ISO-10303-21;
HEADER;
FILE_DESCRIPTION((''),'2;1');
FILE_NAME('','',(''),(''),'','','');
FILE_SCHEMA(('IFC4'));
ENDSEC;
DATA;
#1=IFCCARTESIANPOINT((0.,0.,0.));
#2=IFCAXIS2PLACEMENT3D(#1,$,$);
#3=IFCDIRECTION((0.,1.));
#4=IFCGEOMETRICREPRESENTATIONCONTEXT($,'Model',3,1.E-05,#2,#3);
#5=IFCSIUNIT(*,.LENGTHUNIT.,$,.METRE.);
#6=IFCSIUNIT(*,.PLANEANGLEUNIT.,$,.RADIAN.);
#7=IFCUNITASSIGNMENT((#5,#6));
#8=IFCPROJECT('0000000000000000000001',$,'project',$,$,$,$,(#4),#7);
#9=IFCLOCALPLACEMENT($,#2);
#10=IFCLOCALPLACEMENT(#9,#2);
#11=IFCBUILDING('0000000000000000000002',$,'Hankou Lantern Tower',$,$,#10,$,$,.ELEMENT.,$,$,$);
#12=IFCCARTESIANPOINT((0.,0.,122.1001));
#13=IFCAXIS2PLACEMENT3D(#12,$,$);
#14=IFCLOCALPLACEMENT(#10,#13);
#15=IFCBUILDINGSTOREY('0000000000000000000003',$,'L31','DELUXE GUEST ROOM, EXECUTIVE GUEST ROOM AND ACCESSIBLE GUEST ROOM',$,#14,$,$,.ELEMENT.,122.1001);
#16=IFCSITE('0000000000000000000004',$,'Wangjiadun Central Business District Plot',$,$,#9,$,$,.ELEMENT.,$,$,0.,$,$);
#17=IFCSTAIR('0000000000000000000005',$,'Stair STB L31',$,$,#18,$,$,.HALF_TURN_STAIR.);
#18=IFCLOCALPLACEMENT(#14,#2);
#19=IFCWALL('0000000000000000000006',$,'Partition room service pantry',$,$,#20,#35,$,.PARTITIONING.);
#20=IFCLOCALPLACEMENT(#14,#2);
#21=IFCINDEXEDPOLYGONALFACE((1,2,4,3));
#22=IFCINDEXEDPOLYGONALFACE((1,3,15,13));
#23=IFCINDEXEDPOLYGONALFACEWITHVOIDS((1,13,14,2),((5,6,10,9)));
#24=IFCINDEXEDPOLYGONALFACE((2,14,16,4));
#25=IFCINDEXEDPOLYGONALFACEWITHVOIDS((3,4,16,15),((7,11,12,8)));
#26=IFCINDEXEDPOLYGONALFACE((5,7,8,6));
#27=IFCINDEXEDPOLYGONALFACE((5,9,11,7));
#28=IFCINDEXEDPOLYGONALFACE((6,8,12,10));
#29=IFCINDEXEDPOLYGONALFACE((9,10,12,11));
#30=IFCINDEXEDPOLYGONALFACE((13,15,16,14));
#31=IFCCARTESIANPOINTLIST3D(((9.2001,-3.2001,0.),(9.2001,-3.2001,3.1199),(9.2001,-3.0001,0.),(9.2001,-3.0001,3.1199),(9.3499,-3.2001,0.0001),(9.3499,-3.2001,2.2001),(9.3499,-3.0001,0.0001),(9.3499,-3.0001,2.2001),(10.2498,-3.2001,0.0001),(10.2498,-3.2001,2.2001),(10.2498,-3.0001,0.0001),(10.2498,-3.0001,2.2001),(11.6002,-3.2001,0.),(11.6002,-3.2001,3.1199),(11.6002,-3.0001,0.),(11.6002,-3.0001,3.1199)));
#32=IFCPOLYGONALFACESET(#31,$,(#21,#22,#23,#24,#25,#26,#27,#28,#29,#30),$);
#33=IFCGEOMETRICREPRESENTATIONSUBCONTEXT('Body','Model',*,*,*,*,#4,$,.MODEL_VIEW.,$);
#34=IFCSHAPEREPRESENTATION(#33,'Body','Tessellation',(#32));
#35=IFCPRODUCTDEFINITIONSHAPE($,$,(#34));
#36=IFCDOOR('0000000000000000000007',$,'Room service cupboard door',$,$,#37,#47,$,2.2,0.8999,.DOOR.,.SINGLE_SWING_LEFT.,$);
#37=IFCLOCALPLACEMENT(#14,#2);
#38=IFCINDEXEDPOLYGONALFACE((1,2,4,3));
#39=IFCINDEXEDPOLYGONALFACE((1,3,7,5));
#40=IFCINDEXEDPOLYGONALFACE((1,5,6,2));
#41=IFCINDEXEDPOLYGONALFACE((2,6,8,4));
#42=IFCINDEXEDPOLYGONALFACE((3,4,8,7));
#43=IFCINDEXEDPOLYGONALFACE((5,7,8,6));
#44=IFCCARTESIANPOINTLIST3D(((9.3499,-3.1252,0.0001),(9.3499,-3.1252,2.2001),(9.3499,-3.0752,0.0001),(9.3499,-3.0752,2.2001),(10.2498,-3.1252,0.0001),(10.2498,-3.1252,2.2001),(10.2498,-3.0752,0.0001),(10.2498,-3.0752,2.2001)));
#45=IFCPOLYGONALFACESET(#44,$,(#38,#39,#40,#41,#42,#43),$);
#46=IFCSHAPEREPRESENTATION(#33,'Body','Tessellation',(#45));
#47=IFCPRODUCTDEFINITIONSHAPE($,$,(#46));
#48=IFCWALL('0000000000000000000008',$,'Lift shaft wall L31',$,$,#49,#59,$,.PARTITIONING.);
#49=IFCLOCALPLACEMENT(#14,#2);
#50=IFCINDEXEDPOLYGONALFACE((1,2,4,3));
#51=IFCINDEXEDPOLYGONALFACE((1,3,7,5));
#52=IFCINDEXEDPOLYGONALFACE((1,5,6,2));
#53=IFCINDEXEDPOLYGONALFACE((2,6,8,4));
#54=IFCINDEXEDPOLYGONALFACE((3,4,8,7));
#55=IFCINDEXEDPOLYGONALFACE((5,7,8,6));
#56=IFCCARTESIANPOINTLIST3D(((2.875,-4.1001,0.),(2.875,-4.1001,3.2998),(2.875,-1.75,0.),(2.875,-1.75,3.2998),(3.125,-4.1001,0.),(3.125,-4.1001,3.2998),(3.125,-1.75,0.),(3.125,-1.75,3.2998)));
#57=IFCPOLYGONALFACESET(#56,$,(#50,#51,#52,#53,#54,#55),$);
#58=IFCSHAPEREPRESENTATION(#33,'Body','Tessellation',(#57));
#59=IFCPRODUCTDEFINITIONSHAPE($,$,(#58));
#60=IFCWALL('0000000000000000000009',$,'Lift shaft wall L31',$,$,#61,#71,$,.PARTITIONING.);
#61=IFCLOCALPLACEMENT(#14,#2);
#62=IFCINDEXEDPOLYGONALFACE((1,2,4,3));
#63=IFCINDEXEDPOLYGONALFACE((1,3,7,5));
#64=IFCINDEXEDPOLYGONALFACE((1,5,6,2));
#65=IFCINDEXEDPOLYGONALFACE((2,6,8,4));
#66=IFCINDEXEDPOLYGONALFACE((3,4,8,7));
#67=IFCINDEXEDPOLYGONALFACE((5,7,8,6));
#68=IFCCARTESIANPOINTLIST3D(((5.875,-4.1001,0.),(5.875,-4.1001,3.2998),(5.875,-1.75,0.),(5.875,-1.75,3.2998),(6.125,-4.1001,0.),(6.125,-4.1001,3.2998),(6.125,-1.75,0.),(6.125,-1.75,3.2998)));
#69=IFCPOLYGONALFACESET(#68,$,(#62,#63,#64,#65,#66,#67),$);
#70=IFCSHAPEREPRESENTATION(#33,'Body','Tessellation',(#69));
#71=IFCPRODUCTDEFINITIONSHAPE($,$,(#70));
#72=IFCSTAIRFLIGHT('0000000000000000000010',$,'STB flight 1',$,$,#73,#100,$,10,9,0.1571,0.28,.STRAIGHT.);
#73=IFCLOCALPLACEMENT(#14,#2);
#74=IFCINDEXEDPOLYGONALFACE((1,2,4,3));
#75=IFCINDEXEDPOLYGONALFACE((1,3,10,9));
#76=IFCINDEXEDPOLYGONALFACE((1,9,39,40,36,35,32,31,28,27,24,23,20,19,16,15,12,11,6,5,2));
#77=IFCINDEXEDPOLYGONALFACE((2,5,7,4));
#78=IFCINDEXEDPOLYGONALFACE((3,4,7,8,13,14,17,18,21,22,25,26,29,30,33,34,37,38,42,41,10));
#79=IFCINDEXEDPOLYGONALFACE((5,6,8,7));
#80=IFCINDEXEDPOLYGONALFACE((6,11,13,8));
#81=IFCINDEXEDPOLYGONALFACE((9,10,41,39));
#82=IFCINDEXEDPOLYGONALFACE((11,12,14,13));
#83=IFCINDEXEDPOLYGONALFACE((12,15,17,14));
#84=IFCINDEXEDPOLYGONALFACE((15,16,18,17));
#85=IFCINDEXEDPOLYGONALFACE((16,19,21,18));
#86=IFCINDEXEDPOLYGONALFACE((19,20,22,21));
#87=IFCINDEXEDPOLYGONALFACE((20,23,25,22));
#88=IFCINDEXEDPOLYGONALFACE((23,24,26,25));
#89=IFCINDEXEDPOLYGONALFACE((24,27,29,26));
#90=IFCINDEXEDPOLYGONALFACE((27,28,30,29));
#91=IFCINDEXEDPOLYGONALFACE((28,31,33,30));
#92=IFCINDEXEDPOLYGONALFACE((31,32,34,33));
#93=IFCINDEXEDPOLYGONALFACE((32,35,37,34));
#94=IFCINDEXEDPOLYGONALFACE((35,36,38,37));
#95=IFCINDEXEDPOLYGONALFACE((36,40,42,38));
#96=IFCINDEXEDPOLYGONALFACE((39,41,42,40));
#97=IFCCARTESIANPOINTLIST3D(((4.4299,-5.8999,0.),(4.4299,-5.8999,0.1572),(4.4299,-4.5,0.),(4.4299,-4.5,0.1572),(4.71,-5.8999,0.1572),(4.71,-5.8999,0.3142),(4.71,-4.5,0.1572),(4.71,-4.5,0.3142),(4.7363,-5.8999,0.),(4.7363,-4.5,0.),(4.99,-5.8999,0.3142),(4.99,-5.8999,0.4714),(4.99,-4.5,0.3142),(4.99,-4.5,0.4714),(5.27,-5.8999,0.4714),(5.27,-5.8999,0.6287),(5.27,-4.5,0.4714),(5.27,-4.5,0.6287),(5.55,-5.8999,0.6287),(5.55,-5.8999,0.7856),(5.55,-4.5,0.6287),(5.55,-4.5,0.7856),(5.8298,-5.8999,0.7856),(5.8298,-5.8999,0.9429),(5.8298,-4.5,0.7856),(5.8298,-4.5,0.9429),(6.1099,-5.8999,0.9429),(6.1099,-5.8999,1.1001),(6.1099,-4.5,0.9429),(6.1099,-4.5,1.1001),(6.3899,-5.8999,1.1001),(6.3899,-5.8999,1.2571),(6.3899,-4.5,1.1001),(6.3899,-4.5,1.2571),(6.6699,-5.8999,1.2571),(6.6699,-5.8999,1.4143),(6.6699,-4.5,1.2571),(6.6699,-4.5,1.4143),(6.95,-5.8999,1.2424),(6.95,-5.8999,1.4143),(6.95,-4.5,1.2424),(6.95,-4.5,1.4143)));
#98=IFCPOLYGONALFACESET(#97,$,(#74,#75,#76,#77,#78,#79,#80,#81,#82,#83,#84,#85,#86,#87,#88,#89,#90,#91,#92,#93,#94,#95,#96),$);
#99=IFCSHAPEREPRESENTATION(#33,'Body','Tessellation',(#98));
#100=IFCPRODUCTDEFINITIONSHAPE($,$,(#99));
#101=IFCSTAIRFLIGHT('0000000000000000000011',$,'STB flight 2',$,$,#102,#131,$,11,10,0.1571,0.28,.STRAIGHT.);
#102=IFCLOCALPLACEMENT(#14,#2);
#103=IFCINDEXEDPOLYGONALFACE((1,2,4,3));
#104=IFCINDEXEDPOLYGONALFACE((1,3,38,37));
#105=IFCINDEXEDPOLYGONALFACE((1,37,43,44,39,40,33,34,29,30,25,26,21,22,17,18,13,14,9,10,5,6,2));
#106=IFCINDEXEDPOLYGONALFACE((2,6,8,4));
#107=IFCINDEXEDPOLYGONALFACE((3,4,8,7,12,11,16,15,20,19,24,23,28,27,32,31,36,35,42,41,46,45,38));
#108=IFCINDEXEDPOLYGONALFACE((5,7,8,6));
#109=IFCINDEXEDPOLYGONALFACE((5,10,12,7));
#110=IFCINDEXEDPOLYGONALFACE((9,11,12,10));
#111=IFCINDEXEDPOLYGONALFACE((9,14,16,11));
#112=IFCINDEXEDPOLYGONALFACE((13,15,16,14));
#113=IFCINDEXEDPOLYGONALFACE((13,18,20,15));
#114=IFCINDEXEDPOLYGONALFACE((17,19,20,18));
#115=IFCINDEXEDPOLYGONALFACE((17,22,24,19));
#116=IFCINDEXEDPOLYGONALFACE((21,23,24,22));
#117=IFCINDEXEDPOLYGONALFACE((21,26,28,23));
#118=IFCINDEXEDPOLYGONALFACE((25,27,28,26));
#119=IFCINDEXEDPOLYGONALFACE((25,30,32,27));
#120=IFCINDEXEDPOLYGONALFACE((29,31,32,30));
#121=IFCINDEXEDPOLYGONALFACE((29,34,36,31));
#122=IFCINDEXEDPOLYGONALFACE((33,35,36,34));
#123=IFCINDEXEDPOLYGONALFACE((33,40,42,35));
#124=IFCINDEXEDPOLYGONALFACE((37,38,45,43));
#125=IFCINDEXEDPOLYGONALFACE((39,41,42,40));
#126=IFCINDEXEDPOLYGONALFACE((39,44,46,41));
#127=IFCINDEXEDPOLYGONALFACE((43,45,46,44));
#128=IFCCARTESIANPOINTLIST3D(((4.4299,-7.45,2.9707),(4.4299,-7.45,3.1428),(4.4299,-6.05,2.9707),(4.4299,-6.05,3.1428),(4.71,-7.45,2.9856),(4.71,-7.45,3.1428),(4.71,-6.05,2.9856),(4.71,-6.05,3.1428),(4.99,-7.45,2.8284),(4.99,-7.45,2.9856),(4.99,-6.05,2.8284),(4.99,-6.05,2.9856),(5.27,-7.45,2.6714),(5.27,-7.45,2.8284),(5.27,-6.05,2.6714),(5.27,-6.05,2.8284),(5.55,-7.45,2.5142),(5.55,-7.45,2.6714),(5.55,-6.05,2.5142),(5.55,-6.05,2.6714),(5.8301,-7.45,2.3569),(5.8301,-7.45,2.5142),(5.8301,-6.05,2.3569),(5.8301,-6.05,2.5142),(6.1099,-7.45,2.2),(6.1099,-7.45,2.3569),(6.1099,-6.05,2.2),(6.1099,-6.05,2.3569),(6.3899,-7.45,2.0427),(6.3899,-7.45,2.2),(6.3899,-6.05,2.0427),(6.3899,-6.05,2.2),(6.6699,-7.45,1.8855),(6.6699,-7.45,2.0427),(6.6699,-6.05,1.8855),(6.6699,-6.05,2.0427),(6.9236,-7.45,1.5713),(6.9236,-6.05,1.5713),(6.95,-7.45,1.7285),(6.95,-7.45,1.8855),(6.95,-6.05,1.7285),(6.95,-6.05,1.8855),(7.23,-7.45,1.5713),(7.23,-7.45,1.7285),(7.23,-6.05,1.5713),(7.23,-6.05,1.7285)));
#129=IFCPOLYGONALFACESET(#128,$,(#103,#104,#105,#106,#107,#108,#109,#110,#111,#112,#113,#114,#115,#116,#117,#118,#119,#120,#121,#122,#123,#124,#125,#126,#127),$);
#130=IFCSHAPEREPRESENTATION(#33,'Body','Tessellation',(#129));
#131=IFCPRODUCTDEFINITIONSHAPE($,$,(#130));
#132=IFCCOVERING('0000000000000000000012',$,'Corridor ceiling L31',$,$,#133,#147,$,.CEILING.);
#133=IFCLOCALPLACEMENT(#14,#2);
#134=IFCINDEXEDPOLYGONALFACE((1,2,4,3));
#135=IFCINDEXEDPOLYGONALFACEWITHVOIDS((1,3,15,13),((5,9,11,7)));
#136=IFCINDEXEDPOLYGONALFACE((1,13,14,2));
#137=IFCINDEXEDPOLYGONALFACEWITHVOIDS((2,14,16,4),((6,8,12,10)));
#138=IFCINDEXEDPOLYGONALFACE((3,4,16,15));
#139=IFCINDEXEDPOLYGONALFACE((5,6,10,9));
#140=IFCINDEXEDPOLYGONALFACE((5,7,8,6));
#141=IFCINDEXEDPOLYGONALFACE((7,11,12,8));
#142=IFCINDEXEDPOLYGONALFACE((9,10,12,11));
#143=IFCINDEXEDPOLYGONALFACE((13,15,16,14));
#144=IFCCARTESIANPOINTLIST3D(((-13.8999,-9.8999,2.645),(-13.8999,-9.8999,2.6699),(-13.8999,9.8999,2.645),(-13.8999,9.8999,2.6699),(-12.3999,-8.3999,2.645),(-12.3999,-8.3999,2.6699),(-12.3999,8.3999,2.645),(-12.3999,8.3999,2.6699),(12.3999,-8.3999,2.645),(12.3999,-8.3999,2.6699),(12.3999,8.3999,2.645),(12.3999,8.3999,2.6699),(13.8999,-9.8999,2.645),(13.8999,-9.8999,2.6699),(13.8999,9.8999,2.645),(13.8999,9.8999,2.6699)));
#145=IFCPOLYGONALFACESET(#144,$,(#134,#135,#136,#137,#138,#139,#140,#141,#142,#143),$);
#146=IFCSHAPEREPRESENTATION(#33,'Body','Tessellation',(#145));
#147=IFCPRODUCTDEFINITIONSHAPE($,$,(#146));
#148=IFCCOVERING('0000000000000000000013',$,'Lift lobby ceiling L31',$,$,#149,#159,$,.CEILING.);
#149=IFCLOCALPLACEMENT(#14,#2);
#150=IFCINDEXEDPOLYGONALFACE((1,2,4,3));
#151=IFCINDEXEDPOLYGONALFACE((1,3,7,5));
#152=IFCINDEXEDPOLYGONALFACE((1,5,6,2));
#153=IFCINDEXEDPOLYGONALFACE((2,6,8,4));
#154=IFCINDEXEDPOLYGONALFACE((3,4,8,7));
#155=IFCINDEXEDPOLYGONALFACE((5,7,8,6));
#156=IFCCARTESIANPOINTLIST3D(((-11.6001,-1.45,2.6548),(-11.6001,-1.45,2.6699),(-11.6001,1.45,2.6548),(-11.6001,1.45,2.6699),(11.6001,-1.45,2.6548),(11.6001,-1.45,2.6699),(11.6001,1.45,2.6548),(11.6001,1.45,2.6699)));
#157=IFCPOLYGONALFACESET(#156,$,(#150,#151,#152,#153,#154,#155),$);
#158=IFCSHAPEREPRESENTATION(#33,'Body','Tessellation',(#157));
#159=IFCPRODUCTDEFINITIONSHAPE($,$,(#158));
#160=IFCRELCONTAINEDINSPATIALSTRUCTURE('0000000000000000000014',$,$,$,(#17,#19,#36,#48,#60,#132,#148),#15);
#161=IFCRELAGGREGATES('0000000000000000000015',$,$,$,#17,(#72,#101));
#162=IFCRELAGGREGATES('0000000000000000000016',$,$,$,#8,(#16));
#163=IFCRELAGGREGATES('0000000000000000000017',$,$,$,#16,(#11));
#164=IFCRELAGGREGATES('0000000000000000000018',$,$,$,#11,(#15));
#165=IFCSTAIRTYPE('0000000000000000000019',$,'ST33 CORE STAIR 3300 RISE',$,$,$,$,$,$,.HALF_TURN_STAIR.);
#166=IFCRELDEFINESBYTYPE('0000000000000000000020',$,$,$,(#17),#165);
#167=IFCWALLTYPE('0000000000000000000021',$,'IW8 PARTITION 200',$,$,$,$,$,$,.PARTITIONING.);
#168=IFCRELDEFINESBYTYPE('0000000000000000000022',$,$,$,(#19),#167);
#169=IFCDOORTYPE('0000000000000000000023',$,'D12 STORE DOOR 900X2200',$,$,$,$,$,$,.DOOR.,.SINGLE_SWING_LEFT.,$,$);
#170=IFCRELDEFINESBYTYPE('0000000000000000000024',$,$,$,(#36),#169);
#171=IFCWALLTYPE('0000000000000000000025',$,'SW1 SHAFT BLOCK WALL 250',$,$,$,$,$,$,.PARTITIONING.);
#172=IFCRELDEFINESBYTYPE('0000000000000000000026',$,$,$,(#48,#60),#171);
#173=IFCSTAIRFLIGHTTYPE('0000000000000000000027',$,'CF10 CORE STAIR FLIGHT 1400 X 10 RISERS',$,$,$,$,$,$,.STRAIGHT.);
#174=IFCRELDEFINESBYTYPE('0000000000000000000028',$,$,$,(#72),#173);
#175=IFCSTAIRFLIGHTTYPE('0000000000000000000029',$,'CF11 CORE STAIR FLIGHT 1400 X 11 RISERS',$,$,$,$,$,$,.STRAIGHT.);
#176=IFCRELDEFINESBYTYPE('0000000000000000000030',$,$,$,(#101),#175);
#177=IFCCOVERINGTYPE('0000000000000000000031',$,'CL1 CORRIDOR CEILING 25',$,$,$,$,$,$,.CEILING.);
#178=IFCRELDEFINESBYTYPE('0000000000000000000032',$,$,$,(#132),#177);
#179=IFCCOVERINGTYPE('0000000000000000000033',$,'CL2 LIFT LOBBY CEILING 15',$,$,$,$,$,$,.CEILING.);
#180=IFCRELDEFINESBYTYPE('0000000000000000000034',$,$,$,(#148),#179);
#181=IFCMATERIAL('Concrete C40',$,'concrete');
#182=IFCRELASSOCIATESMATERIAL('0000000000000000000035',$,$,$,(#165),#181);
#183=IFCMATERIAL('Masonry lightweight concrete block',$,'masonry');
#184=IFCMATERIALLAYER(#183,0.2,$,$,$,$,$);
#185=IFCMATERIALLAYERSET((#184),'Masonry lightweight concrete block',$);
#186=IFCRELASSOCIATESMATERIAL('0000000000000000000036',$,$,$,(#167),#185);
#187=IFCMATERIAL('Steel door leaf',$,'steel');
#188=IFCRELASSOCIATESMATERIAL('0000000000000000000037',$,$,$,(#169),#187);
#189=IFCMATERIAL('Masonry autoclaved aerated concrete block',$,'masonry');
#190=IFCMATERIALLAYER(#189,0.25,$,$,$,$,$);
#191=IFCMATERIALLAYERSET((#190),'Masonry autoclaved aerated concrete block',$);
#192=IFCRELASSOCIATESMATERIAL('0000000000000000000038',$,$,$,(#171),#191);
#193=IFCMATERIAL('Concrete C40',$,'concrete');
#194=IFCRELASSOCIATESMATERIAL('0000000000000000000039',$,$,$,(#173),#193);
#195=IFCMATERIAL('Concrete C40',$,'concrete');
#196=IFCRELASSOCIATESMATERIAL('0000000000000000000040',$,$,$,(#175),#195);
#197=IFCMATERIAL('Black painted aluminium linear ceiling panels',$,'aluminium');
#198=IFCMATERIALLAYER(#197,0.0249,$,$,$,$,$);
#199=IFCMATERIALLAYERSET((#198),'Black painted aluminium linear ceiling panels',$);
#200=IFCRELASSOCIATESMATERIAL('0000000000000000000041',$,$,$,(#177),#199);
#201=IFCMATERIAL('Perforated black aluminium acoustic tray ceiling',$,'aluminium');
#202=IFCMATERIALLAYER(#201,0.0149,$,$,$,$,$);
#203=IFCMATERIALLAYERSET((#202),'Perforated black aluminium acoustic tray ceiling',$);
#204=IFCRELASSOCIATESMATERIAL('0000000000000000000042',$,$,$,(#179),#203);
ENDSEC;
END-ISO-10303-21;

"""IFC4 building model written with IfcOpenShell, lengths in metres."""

from ifc_helpers import new_model, si_unit, direction, frame, frame_2d, origin, place, context, subcontext, project, spatial, polyline, rectangle, outline, extrude, material, layer, layer_set, type_object, element, fill, aggregate, save


model = new_model("IFC4")

# Units and contexts
model_context = context("Model", 3, precision=1e-05, world=origin(), true_north=direction((0.0, 1.0)))
body_context = subcontext(model_context, "Body", "Model", "MODEL_VIEW")
ifc_project = project(units=[si_unit("LENGTHUNIT", "METRE"), si_unit("PLANEANGLEUNIT", "RADIAN")], contexts=[model_context])

# Site, building, storey
site_placement = place(None, origin())
site = spatial("IfcSite", under=ifc_project, at=site_placement, Name="Wangjiadun Central Business District Plot", CompositionType="ELEMENT", RefElevation=0.0)
building_placement = place(site_placement, origin())
building = spatial("IfcBuilding", under=site, at=building_placement, Name="Hankou Lantern Tower", CompositionType="ELEMENT")
storey_placement = place(building_placement, frame((0.0, 0.0, 122.1001)))
storey = spatial("IfcBuildingStorey", under=building, at=storey_placement, Name="L31", Description="DELUXE GUEST ROOM, EXECUTIVE GUEST ROOM AND ACCESSIBLE GUEST ROOM", CompositionType="ELEMENT", Elevation=122.1001)

# Stair
ifc_material_1 = material(Name="Concrete C40", Category="concrete")
stair_type = type_object("IfcStairType", Name="ST33 CORE STAIR 3300 RISE", PredefinedType="HALF_TURN_STAIR", material=ifc_material_1)
stair_1_placement = place(storey_placement, origin())
stair_1 = element("IfcStair", 1, at=stair_1_placement, inside=storey, type_object=stair_type, Name="Stair STB L31", PredefinedType="HALF_TURN_STAIR")

# Wall, opening, door
ifc_material_2 = material(Name="Masonry lightweight concrete block", Category="masonry")
ifc_layer_1 = layer(ifc_material_2, 0.2)
ifc_layer_set_1 = layer_set([ifc_layer_1], Name="Masonry lightweight concrete block")
wall_type_1 = type_object("IfcWallType", Name="IW8 PARTITION 200", PredefinedType="PARTITIONING", material=ifc_layer_set_1)
wall_1_placement = place(storey_placement, frame((9.2, -3.1001, 0.0), z_axis=(0.0, 0.0, 1.0), x_axis=(1.0, 0.0, 0.0)))
wall_1 = element("IfcWall", 2, at=wall_1_placement, inside=storey, type_object=wall_type_1, Name="Partition room service pantry", PredefinedType="PARTITIONING", context=body_context, shape_type="SweptSolid", body=[
    extrude(rectangle(XDim=2.4001, YDim=0.2, at=frame_2d((1.2002, 0.0))), origin(), (0.0, 0.0, 1.0), 3.1199),
])
opening_1_placement = place(wall_1_placement, frame((0.1499, 0.0, 0.0)))
opening_1 = element("IfcOpeningElement", 3, at=opening_1_placement, cuts=wall_1, PredefinedType="OPENING", context=body_context, shape_type="SweptSolid", body=[
    extrude(rectangle(XDim=0.8999, YDim=2.2, at=frame_2d((0.45, 1.1001))), frame((0.0, 0.1099, 0.0), z_axis=(0.0, -1.0, 0.0), x_axis=(1.0, 0.0, 0.0)), (0.0, 0.0, 1.0), 0.22),
])
ifc_material_3 = material(Name="Steel door leaf", Category="steel")
door_type_1 = type_object("IfcDoorType", Name="D12 STORE DOOR 900X2200", OperationType="SINGLE_SWING_LEFT", PredefinedType="DOOR", material=ifc_material_3)
door_1_placement = place(opening_1_placement, origin())
door_1 = element("IfcDoor", 4, at=door_1_placement, inside=storey, type_object=door_type_1, Name="Room service cupboard door", OperationType="SINGLE_SWING_LEFT", OverallHeight=2.2, OverallWidth=0.8999, PredefinedType="DOOR", context=body_context, shape_type="SweptSolid", body=[
    extrude(rectangle(XDim=0.8999, YDim=2.2, at=frame_2d((0.45, 1.1001))), frame((0.0, 0.0249, 0.0), z_axis=(0.0, -1.0, 0.0), x_axis=(1.0, 0.0, 0.0)), (0.0, 0.0, 1.0), 0.05),
])
fill(opening_1, door_1)

# Walls
ifc_material_4 = material(Name="Masonry autoclaved aerated concrete block", Category="masonry")
ifc_layer_2 = layer(ifc_material_4, 0.25)
ifc_layer_set_2 = layer_set([ifc_layer_2], Name="Masonry autoclaved aerated concrete block")
wall_type_2 = type_object("IfcWallType", Name="SW1 SHAFT BLOCK WALL 250", PredefinedType="PARTITIONING", material=ifc_layer_set_2)
for number, where, z_axis, x_axis, name in (
    (5, (3.0, -4.1001, 0.0), (0.0, 0.0, 1.0), (0.0, 1.0, 0.0), "Lift shaft wall L31"),
    (6, (6.0, -4.1001, 0.0), (0.0, 0.0, 1.0), (0.0, 1.0, 0.0), "Lift shaft wall L31"),
):
    element("IfcWall", number, at=place(storey_placement, frame(where, z_axis=z_axis, x_axis=x_axis)), inside=storey, type_object=wall_type_2, Name=name, PredefinedType="PARTITIONING", context=body_context, shape_type="SweptSolid", body=[
        extrude(rectangle(XDim=2.3501, YDim=0.25, at=frame_2d((1.175, 0.0))), origin(), (0.0, 0.0, 1.0), 3.2998),
    ])

# Stair flights
ifc_material_5 = material(Name="Concrete C40", Category="concrete")
stair_flight_type_1 = type_object("IfcStairFlightType", Name="CF10 CORE STAIR FLIGHT 1400 X 10 RISERS", PredefinedType="STRAIGHT", material=ifc_material_5)
stair_flight_1_placement = place(storey_placement, frame((4.4299, -5.2, 0.0), z_axis=(0.0, 0.0, 1.0), x_axis=(1.0, 0.0, 0.0)))
stair_flight_1 = element("IfcStairFlight", 7, at=stair_flight_1_placement, type_object=stair_flight_type_1, Name="STB flight 1", NumberOfRisers=10, NumberOfTreads=9, PredefinedType="STRAIGHT", RiserHeight=0.1571, TreadLength=0.28, context=body_context, shape_type="SweptSolid", body=[
    extrude(outline(polyline([(0.0, 0.0), (0.0, 0.1572), (0.28, 0.1572), (0.28, 0.3142), (0.5601, 0.3142), (0.5601, 0.4714), (0.8401, 0.4714), (0.8401, 0.6287), (1.1201, 0.6287), (1.1201, 0.7856), (1.3999, 0.7856), (1.3999, 0.9429), (1.6799, 0.9429), (1.6799, 1.1001), (1.96, 1.1001), (1.96, 1.2571), (2.24, 1.2571), (2.24, 1.4143), (2.52, 1.4143), (2.52, 1.5715), (2.52, 1.2424), (0.3064, 0.0), (0.0, 0.0)])), frame((0.0, 0.7, 0.0), z_axis=(0.0, -1.0, 0.0), x_axis=(1.0, 0.0, 0.0)), (0.0, 0.0, 1.0), 1.3999),
])
ifc_material_6 = material(Name="Concrete C40", Category="concrete")
stair_flight_type_2 = type_object("IfcStairFlightType", Name="CF11 CORE STAIR FLIGHT 1400 X 11 RISERS", PredefinedType="STRAIGHT", material=ifc_material_6)
stair_flight_2_placement = place(storey_placement, frame((7.23, -6.75, 1.5713), z_axis=(0.0, 0.0, 1.0), x_axis=(-1.0, 0.0, 0.0)))
stair_flight_2 = element("IfcStairFlight", 8, at=stair_flight_2_placement, type_object=stair_flight_type_2, Name="STB flight 2", NumberOfRisers=11, NumberOfTreads=10, PredefinedType="STRAIGHT", RiserHeight=0.1571, TreadLength=0.28, context=body_context, shape_type="SweptSolid", body=[
    extrude(outline(polyline([(0.0, 0.0), (0.0, 0.1572), (0.28, 0.1572), (0.28, 0.3142), (0.5601, 0.3142), (0.5601, 0.4714), (0.8401, 0.4714), (0.8401, 0.6287), (1.1201, 0.6287), (1.1201, 0.7856), (1.3999, 0.7856), (1.3999, 0.9429), (1.6799, 0.9429), (1.6799, 1.1001), (1.96, 1.1001), (1.96, 1.2571), (2.24, 1.2571), (2.24, 1.4143), (2.52, 1.4143), (2.52, 1.5715), (2.8, 1.5715), (2.8, 1.7285), (2.8, 1.3994), (0.3064, 0.0), (0.0, 0.0)])), frame((0.0, 0.7, 0.0), z_axis=(0.0, -1.0, 0.0), x_axis=(1.0, 0.0, 0.0)), (0.0, 0.0, 1.0), 1.3999),
])
aggregate(stair_1, [stair_flight_1, stair_flight_2])

# Coverings
ifc_material_7 = material(Name="Black painted aluminium linear ceiling panels", Category="aluminium")
ifc_layer_3 = layer(ifc_material_7, 0.0249)
ifc_layer_set_3 = layer_set([ifc_layer_3], Name="Black painted aluminium linear ceiling panels")
covering_type_1 = type_object("IfcCoveringType", Name="CL1 CORRIDOR CEILING 25", PredefinedType="CEILING", material=ifc_layer_set_3)
covering_1_placement = place(storey_placement, frame((0.0, 0.0, 2.645)))
element("IfcCovering", 9, at=covering_1_placement, inside=storey, type_object=covering_type_1, Name="Corridor ceiling L31", PredefinedType="CEILING", context=body_context, shape_type="SweptSolid", body=[
    extrude(outline(polyline([(-13.8999, -9.8999), (13.8999, -9.8999), (13.8999, 9.8999), (-13.8999, 9.8999), (-13.8999, -9.8999)]), holes=[polyline([(-12.3999, 8.3999), (12.3999, 8.3999), (12.3999, -8.3999), (-12.3999, -8.3999), (-12.3999, 8.3999)])]), origin(), (0.0, 0.0, 1.0), 0.0249),
])
ifc_material_8 = material(Name="Perforated black aluminium acoustic tray ceiling", Category="aluminium")
ifc_layer_4 = layer(ifc_material_8, 0.0149)
ifc_layer_set_4 = layer_set([ifc_layer_4], Name="Perforated black aluminium acoustic tray ceiling")
covering_type_2 = type_object("IfcCoveringType", Name="CL2 LIFT LOBBY CEILING 15", PredefinedType="CEILING", material=ifc_layer_set_4)
covering_2_placement = place(storey_placement, frame((0.0, 0.0, 2.6548)))
element("IfcCovering", 10, at=covering_2_placement, inside=storey, type_object=covering_type_2, Name="Lift lobby ceiling L31", PredefinedType="CEILING", context=body_context, shape_type="SweptSolid", body=[
    extrude(outline(polyline([(-11.6001, -1.45), (11.6001, -1.45), (11.6001, 1.45), (-11.6001, 1.45), (-11.6001, -1.45)])), origin(), (0.0, 0.0, 1.0), 0.0151),
])

save(model, "model.ifc")
